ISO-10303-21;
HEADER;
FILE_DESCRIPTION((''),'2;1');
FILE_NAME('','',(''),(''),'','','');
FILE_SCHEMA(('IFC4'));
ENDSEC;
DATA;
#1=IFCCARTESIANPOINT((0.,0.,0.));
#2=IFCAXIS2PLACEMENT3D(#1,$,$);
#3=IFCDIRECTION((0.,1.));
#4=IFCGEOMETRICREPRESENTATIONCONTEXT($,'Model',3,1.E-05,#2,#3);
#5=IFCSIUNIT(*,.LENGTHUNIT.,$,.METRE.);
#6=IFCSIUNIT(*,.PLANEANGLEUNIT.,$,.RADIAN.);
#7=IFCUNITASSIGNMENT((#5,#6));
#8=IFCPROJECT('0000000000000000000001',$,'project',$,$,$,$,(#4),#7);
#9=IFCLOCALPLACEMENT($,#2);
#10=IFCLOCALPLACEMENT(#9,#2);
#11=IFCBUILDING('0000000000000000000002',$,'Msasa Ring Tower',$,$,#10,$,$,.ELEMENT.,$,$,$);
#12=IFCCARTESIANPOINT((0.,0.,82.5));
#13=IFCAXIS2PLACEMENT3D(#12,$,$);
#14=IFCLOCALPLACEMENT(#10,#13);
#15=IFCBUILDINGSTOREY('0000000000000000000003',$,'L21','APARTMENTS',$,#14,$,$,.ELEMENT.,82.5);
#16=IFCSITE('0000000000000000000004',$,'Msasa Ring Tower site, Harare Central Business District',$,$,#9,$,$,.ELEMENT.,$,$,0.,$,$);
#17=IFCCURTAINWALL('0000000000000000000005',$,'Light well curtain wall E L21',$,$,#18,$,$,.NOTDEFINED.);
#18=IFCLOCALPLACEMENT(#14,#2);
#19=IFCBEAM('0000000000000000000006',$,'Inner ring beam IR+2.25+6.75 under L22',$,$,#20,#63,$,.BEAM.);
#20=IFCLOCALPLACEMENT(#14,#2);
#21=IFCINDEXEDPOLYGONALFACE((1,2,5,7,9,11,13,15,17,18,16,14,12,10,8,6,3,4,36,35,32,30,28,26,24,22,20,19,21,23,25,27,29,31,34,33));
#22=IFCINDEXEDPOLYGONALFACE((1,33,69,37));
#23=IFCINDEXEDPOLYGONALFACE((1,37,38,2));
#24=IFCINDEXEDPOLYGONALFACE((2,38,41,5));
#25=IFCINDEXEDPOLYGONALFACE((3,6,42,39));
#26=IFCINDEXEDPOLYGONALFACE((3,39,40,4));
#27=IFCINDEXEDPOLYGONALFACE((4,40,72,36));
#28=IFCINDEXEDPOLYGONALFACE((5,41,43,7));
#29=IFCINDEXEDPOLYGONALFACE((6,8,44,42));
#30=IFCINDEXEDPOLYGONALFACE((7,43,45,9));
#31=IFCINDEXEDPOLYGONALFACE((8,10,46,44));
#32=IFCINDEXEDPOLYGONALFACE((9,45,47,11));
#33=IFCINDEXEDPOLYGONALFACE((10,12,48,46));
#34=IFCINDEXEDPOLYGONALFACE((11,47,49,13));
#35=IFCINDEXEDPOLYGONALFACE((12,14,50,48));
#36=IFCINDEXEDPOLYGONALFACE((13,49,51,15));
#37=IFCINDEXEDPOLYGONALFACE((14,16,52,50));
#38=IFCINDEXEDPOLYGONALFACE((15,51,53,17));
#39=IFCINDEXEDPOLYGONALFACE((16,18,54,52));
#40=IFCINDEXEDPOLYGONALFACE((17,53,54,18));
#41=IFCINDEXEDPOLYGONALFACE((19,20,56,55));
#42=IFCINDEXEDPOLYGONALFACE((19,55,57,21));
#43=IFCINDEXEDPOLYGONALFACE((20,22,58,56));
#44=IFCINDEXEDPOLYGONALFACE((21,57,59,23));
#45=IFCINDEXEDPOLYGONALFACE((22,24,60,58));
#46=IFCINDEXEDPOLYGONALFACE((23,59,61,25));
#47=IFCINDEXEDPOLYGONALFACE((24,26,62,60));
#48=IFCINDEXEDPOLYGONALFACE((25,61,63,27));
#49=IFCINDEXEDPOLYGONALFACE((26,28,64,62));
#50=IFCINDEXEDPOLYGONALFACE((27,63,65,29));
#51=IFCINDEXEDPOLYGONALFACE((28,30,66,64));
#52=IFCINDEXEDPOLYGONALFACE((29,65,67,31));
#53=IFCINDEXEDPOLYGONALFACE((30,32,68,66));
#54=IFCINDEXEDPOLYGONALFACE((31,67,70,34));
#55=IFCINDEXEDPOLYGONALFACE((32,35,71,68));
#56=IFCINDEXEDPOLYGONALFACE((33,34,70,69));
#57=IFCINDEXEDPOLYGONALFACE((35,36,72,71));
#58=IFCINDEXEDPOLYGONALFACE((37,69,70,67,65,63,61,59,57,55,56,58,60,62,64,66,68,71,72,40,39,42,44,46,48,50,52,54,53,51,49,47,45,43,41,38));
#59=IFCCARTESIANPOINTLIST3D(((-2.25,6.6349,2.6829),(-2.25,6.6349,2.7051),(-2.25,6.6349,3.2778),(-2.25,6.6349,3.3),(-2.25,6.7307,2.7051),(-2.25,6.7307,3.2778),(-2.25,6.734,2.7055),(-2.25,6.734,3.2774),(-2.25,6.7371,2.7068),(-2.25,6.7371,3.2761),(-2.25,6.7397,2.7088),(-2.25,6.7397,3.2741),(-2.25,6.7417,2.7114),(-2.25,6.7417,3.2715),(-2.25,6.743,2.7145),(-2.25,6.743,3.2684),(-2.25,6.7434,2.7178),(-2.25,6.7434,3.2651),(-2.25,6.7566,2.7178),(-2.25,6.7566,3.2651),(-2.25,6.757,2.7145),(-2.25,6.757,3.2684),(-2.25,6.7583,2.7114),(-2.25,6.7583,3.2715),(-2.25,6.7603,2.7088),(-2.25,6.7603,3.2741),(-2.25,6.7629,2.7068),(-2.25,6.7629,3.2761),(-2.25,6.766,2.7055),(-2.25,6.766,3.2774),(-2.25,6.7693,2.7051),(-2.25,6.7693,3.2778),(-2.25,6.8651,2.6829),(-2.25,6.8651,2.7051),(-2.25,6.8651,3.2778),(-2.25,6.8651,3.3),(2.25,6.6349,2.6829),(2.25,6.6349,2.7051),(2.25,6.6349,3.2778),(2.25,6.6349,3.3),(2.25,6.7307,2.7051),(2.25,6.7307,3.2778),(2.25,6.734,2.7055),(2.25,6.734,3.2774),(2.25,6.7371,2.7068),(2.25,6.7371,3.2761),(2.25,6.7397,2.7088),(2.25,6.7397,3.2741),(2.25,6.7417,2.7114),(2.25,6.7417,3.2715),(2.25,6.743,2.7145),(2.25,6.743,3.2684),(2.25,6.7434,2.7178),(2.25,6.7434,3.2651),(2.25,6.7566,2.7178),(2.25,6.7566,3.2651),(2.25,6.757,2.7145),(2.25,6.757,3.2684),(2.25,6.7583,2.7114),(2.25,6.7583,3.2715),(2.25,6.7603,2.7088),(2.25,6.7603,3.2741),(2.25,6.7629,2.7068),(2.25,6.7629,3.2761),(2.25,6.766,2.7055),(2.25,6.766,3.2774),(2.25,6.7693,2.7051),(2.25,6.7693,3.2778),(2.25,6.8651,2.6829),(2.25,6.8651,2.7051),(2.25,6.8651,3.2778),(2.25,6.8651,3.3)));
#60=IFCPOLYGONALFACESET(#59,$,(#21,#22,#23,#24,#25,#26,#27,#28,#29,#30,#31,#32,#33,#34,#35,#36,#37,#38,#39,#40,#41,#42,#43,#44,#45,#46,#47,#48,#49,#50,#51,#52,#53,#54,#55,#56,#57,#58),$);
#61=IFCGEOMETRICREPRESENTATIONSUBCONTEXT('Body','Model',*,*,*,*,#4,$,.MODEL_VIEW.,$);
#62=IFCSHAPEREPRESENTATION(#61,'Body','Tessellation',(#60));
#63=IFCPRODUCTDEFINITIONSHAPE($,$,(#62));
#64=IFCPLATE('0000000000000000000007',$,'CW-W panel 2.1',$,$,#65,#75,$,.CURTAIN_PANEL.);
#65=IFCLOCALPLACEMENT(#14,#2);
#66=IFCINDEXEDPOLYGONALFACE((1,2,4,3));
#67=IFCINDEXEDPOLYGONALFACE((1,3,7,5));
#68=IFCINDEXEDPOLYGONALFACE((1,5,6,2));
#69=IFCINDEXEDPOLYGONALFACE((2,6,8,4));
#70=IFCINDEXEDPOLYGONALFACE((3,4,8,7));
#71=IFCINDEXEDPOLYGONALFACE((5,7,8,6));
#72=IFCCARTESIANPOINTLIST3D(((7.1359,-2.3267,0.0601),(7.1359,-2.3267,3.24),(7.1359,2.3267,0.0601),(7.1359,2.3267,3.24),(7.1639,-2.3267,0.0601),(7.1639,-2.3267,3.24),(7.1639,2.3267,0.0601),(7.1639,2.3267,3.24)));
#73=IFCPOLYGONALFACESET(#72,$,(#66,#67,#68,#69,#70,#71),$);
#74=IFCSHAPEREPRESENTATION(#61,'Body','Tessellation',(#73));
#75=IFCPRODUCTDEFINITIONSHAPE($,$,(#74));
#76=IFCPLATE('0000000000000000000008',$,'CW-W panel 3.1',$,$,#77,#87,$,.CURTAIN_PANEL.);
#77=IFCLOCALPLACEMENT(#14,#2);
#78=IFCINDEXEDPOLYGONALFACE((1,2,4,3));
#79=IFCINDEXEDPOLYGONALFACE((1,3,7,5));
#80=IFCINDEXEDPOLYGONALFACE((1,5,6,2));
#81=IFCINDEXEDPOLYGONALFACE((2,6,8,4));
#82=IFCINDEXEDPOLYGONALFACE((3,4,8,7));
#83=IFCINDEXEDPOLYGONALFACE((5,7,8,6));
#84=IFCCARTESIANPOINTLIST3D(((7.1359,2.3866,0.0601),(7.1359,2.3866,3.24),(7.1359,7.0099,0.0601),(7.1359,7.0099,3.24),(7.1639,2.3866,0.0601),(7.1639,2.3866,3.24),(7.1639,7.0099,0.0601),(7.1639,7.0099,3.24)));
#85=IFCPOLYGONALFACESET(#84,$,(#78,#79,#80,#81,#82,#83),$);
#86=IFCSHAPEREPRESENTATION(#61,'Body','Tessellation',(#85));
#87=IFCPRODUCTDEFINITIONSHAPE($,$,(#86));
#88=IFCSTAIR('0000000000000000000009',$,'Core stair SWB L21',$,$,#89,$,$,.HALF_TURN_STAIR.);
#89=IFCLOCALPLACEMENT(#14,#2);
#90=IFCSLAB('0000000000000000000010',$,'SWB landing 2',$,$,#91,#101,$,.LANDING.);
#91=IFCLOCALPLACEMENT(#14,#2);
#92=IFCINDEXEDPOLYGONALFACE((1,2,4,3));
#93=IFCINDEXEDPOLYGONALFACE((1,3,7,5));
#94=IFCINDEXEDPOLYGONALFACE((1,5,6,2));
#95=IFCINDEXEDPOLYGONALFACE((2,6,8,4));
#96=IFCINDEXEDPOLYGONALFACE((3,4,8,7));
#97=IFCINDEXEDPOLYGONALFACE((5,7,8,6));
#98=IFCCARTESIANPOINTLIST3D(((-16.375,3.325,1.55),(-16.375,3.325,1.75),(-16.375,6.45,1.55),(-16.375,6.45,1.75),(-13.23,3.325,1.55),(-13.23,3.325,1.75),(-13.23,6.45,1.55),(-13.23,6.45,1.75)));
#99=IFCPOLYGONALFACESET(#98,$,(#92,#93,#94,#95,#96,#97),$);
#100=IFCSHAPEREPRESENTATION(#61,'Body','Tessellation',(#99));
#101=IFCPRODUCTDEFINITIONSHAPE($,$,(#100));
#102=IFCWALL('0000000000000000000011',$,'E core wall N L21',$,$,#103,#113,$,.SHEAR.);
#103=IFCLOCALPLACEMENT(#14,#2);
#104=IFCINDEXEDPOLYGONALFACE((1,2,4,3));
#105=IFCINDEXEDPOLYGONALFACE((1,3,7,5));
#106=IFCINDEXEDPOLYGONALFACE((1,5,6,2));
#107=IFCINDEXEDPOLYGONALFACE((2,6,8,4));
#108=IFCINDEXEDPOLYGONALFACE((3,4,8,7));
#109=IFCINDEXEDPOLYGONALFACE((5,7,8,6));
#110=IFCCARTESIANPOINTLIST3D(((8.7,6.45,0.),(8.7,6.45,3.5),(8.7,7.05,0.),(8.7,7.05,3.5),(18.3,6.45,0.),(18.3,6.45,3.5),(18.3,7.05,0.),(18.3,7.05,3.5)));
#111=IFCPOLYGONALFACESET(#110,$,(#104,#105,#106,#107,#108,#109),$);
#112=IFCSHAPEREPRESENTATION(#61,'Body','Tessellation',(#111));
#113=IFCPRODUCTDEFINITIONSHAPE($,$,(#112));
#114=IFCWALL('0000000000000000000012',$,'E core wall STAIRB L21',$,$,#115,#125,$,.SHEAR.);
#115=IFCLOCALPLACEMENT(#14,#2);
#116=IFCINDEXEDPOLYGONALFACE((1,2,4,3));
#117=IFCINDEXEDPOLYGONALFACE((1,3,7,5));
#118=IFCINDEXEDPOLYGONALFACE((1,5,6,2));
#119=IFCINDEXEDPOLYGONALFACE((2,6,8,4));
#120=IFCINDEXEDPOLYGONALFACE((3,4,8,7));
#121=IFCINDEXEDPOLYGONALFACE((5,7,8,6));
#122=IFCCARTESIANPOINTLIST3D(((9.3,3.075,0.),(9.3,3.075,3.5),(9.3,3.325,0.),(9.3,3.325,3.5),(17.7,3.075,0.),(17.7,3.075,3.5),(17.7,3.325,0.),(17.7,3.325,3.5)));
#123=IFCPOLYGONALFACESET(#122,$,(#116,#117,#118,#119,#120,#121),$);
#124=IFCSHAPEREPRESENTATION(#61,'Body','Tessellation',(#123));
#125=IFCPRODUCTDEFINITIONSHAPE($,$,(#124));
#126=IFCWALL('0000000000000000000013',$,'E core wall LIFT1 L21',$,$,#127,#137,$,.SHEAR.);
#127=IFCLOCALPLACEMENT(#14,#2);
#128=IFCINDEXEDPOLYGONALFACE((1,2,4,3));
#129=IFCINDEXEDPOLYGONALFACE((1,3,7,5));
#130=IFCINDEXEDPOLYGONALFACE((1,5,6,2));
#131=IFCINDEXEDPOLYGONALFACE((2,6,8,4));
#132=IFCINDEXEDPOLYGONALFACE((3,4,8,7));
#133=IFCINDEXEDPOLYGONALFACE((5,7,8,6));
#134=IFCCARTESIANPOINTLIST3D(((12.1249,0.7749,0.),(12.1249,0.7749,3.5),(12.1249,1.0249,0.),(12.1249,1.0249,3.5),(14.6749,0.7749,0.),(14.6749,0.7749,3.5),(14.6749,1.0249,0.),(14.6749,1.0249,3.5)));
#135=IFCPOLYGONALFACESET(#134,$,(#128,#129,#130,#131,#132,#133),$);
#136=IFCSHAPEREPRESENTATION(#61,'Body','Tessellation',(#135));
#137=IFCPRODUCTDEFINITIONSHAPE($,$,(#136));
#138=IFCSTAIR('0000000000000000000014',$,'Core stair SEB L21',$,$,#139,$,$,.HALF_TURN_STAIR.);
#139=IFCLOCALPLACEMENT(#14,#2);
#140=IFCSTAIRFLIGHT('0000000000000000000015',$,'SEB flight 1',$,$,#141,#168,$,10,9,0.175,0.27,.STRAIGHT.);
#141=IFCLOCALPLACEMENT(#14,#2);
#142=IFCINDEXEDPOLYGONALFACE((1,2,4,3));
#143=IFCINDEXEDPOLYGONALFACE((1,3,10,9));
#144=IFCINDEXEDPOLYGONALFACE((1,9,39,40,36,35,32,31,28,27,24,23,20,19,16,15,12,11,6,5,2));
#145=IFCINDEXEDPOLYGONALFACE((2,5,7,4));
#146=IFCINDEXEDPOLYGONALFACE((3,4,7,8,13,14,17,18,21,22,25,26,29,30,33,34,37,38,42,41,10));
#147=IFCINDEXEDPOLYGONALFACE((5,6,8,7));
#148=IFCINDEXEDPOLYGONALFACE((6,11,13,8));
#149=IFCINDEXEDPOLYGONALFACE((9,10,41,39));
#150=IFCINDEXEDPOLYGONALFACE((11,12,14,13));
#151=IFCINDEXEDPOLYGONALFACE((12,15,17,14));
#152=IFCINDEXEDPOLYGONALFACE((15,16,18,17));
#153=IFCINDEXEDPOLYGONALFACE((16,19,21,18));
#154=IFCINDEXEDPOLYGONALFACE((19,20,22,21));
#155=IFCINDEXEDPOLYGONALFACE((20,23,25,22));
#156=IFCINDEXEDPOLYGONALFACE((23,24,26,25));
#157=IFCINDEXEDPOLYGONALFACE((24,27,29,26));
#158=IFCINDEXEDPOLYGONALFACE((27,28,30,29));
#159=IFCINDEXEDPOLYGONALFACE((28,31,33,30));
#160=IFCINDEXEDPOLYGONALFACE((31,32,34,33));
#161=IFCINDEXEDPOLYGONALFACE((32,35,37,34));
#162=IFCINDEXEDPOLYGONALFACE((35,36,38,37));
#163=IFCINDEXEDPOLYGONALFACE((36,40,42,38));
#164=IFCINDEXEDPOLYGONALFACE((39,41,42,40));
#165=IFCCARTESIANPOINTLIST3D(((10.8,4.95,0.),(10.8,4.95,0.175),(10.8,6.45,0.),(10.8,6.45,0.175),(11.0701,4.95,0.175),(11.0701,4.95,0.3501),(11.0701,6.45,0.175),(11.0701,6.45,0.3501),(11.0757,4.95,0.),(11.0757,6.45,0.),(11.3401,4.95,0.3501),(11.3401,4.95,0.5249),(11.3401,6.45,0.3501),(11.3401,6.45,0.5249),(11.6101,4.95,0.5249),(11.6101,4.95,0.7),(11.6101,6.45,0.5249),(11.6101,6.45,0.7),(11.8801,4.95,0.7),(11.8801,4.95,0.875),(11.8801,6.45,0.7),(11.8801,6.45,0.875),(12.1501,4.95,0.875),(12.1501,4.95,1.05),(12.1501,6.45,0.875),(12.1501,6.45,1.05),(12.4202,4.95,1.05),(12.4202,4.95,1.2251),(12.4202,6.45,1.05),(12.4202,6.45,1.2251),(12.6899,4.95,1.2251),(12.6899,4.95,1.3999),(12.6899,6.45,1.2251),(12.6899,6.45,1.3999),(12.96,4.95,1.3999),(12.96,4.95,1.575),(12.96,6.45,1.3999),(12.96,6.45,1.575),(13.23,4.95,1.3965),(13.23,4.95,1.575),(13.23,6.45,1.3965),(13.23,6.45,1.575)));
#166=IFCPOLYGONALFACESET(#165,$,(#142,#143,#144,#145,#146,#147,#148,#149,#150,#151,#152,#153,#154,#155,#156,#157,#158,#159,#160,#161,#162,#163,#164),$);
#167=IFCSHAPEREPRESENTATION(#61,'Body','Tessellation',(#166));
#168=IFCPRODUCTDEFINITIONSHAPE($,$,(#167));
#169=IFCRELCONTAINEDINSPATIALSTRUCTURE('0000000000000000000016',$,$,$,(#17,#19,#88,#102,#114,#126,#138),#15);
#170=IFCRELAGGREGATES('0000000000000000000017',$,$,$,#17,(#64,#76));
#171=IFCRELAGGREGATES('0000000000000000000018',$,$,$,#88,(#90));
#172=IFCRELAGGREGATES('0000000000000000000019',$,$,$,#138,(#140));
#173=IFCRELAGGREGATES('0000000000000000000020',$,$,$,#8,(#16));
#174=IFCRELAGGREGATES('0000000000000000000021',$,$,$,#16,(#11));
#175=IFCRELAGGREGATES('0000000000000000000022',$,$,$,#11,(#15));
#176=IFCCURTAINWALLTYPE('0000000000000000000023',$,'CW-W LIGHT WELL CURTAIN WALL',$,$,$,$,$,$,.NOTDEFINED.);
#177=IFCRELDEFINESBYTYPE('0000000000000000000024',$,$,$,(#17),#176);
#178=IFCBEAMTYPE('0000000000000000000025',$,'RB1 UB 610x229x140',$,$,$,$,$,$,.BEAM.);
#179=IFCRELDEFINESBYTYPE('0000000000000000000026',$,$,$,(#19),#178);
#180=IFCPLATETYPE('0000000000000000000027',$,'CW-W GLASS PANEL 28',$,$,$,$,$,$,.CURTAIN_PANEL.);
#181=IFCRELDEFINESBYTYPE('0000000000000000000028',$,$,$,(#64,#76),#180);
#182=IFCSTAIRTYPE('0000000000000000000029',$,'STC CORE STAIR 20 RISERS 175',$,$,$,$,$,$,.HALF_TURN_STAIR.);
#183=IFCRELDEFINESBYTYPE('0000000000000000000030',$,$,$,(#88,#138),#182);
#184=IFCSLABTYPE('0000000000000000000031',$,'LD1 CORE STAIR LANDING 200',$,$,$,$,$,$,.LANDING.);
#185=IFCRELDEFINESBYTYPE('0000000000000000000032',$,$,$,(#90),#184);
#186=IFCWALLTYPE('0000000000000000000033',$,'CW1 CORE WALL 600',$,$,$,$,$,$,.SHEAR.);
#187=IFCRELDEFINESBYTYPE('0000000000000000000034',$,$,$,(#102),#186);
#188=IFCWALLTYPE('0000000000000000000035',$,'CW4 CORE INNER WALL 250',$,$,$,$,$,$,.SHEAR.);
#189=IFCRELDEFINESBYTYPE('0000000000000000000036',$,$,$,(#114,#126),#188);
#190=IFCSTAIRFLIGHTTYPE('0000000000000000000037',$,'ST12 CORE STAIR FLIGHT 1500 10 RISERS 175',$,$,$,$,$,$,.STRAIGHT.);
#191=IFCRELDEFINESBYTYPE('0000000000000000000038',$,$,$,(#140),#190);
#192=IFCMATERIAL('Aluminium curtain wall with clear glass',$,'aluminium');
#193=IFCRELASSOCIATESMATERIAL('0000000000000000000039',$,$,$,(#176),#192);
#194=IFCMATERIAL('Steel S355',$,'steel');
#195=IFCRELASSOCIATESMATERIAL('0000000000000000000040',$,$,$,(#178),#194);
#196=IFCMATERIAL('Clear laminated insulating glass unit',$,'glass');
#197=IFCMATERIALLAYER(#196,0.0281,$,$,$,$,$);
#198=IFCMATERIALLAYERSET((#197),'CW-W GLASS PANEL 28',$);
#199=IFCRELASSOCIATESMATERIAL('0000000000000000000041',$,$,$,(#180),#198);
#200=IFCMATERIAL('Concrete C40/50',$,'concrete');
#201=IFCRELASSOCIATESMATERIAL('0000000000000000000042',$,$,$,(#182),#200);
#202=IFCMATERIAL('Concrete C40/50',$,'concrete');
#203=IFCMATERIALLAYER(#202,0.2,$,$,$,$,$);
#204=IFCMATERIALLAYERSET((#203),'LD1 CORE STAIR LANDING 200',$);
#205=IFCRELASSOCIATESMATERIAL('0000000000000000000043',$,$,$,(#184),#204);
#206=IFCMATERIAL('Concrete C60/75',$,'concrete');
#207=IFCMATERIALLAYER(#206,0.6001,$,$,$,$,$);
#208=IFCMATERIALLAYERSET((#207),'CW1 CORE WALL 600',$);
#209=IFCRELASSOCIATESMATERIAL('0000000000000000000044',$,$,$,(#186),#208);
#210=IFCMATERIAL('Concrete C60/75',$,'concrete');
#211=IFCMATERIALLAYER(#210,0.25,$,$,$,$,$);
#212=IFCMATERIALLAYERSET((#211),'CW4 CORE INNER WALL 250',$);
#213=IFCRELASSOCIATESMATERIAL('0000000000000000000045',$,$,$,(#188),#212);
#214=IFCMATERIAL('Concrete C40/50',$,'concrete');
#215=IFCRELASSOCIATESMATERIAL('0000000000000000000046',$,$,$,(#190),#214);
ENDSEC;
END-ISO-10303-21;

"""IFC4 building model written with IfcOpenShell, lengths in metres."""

from ifc_helpers import new_model, si_unit, direction, frame, frame_2d, origin, origin_2d, place, context, subcontext, project, spatial, polyline, rectangle, i_section, outline, extrude, material, layer, layer_set, material_profile, profile_set, type_object, element, aggregate, save


model = new_model("IFC4")

# Units and contexts
model_context = context("Model", 3, precision=1e-05, world=origin(), true_north=direction((0.0, 1.0)))
body_context = subcontext(model_context, "Body", "Model", "MODEL_VIEW")
ifc_project = project(units=[si_unit("LENGTHUNIT", "METRE"), si_unit("PLANEANGLEUNIT", "RADIAN")], contexts=[model_context])

# Site, building, storey
site_placement = place(None, origin())
site = spatial("IfcSite", under=ifc_project, at=site_placement, Name="Msasa Ring Tower site, Harare Central Business District", CompositionType="ELEMENT", RefElevation=0.0)
building_placement = place(site_placement, origin())
building = spatial("IfcBuilding", under=site, at=building_placement, Name="Msasa Ring Tower", CompositionType="ELEMENT")
storey_placement = place(building_placement, frame((0.0, 0.0, 82.5)))
storey = spatial("IfcBuildingStorey", under=building, at=storey_placement, Name="L21", Description="APARTMENTS", CompositionType="ELEMENT", Elevation=82.5)

# Curtain wall
ifc_material_1 = material(Name="Aluminium curtain wall with clear glass", Category="aluminium")
curtain_wall_type = type_object("IfcCurtainWallType", Name="CW-W LIGHT WELL CURTAIN WALL", PredefinedType="NOTDEFINED", material=ifc_material_1)
curtain_wall_placement = place(storey_placement, origin())
curtain_wall = element("IfcCurtainWall", 1, at=curtain_wall_placement, inside=storey, type_object=curtain_wall_type, Name="Light well curtain wall E L21", PredefinedType="NOTDEFINED")

# Beam
ifc_material_2 = material(Name="Steel S355", Category="steel")
ifc_material_profile_1 = material_profile(ifc_material_2, i_section(OverallWidth=0.2302, OverallDepth=0.6172, WebThickness=0.0132, FlangeThickness=0.0222, FilletRadius=0.0127, at=origin_2d()), Name="UB 610x229x140")
ifc_profile_set_1 = profile_set([ifc_material_profile_1], Name="Steel S355")
beam_type = type_object("IfcBeamType", Name="RB1 UB 610x229x140", PredefinedType="BEAM", material=ifc_profile_set_1)
for number, where, z_axis, x_axis, name in (
    (2, (2.25, 6.75, 2.9915), (-1.0, 0.0, 0.0), (0.0, -1.0, 0.0), "Inner ring beam IR+2.25+6.75 under L22"),
):
    element("IfcBeam", number, at=place(storey_placement, frame(where, z_axis=z_axis, x_axis=x_axis)), inside=storey, type_object=beam_type, Name=name, PredefinedType="BEAM", context=body_context, shape_type="SweptSolid", body=[
        extrude(i_section(OverallWidth=0.2302, OverallDepth=0.6172, WebThickness=0.0132, FlangeThickness=0.0222, FilletRadius=0.0127, at=origin_2d()), origin(), (0.0, 0.0, 1.0), 4.5),
    ])

# Plates
ifc_material_3 = material(Name="Clear laminated insulating glass unit", Category="glass")
ifc_layer_1 = layer(ifc_material_3, 0.0281)
ifc_layer_set_1 = layer_set([ifc_layer_1], Name="CW-W GLASS PANEL 28")
plate_type = type_object("IfcPlateType", Name="CW-W GLASS PANEL 28", PredefinedType="CURTAIN_PANEL", material=ifc_layer_set_1)
plate_1_placement = place(storey_placement, frame((7.1499, 0.0, 0.0601), z_axis=(0.0, 0.0, 1.0), x_axis=(0.0, 1.0, 0.0)))
plate_1 = element("IfcPlate", 3, at=plate_1_placement, type_object=plate_type, Name="CW-W panel 2.1", PredefinedType="CURTAIN_PANEL", context=body_context, shape_type="SweptSolid", body=[
    extrude(rectangle(XDim=4.6533, YDim=0.0281, at=origin_2d()), origin(), (0.0, 0.0, 1.0), 3.1799),
])
plate_2_placement = place(storey_placement, frame((7.1499, 4.6982, 0.0601), z_axis=(0.0, 0.0, 1.0), x_axis=(0.0, 1.0, 0.0)))
plate_2 = element("IfcPlate", 4, at=plate_2_placement, type_object=plate_type, Name="CW-W panel 3.1", PredefinedType="CURTAIN_PANEL", context=body_context, shape_type="SweptSolid", body=[
    extrude(rectangle(XDim=4.6233, YDim=0.0281, at=origin_2d()), origin(), (0.0, 0.0, 1.0), 3.1799),
])
aggregate(curtain_wall, [plate_1, plate_2])

# Stair, slab
ifc_material_4 = material(Name="Concrete C40/50", Category="concrete")
stair_type = type_object("IfcStairType", Name="STC CORE STAIR 20 RISERS 175", PredefinedType="HALF_TURN_STAIR", material=ifc_material_4)
stair_1_placement = place(storey_placement, origin())
stair_1 = element("IfcStair", 5, at=stair_1_placement, inside=storey, type_object=stair_type, Name="Core stair SWB L21", PredefinedType="HALF_TURN_STAIR")
ifc_material_5 = material(Name="Concrete C40/50", Category="concrete")
ifc_layer_2 = layer(ifc_material_5, 0.2)
ifc_layer_set_2 = layer_set([ifc_layer_2], Name="LD1 CORE STAIR LANDING 200")
slab_type = type_object("IfcSlabType", Name="LD1 CORE STAIR LANDING 200", PredefinedType="LANDING", material=ifc_layer_set_2)
slab_placement = place(storey_placement, frame((0.0, 0.0, 1.55)))
slab = element("IfcSlab", 6, at=slab_placement, type_object=slab_type, Name="SWB landing 2", PredefinedType="LANDING", context=body_context, shape_type="SweptSolid", body=[
    extrude(outline(polyline([(-16.375, 3.325), (-13.23, 3.325), (-13.23, 6.45), (-16.375, 6.45), (-16.375, 3.325)])), origin(), (0.0, 0.0, 1.0), 0.2),
])
aggregate(stair_1, [slab])

# Walls
ifc_material_6 = material(Name="Concrete C60/75", Category="concrete")
ifc_layer_3 = layer(ifc_material_6, 0.6001)
ifc_layer_set_3 = layer_set([ifc_layer_3], Name="CW1 CORE WALL 600")
wall_type_1 = type_object("IfcWallType", Name="CW1 CORE WALL 600", PredefinedType="SHEAR", material=ifc_layer_set_3)
wall_1_placement = place(storey_placement, frame((8.7, 6.75, 0.0), z_axis=(0.0, 0.0, 1.0), x_axis=(1.0, 0.0, 0.0)))
element("IfcWall", 7, at=wall_1_placement, inside=storey, type_object=wall_type_1, Name="E core wall N L21", PredefinedType="SHEAR", context=body_context, shape_type="SweptSolid", body=[
    extrude(rectangle(XDim=9.6001, YDim=0.6001, at=frame_2d((4.8, 0.0))), origin(), (0.0, 0.0, 1.0), 3.5),
])
ifc_material_7 = material(Name="Concrete C60/75", Category="concrete")
ifc_layer_4 = layer(ifc_material_7, 0.25)
ifc_layer_set_4 = layer_set([ifc_layer_4], Name="CW4 CORE INNER WALL 250")
wall_type_2 = type_object("IfcWallType", Name="CW4 CORE INNER WALL 250", PredefinedType="SHEAR", material=ifc_layer_set_4)
wall_2_placement = place(storey_placement, frame((9.3, 3.2, 0.0), z_axis=(0.0, 0.0, 1.0), x_axis=(1.0, 0.0, 0.0)))
element("IfcWall", 8, at=wall_2_placement, inside=storey, type_object=wall_type_2, Name="E core wall STAIRB L21", PredefinedType="SHEAR", context=body_context, shape_type="SweptSolid", body=[
    extrude(rectangle(XDim=8.3999, YDim=0.25, at=frame_2d((4.2, 0.0))), origin(), (0.0, 0.0, 1.0), 3.5),
])
wall_3_placement = place(storey_placement, frame((12.125, 0.8999, 0.0), z_axis=(0.0, 0.0, 1.0), x_axis=(1.0, 0.0, 0.0)))
element("IfcWall", 9, at=wall_3_placement, inside=storey, type_object=wall_type_2, Name="E core wall LIFT1 L21", PredefinedType="SHEAR", context=body_context, shape_type="SweptSolid", body=[
    extrude(rectangle(XDim=2.55, YDim=0.25, at=frame_2d((1.2749, 0.0))), origin(), (0.0, 0.0, 1.0), 3.5),
])

# Stair, stair flight
stair_2_placement = place(storey_placement, origin())
stair_2 = element("IfcStair", 10, at=stair_2_placement, inside=storey, type_object=stair_type, Name="Core stair SEB L21", PredefinedType="HALF_TURN_STAIR")
ifc_material_8 = material(Name="Concrete C40/50", Category="concrete")
stair_flight_type = type_object("IfcStairFlightType", Name="ST12 CORE STAIR FLIGHT 1500 10 RISERS 175", PredefinedType="STRAIGHT", material=ifc_material_8)
stair_flight_placement = place(storey_placement, frame((10.8, 5.7, 0.0), z_axis=(0.0, 0.0, 1.0), x_axis=(1.0, 0.0, 0.0)))
stair_flight = element("IfcStairFlight", 11, at=stair_flight_placement, type_object=stair_flight_type, Name="SEB flight 1", NumberOfRisers=10, NumberOfTreads=9, PredefinedType="STRAIGHT", RiserHeight=0.175, TreadLength=0.27, context=body_context, shape_type="SweptSolid", body=[
    extrude(outline(polyline([(0.0, 0.0), (0.0, 0.175), (0.27, 0.175), (0.27, 0.3501), (0.54, 0.3501), (0.54, 0.5249), (0.8101, 0.5249), (0.8101, 0.7), (1.0801, 0.7), (1.0801, 0.875), (1.3501, 0.875), (1.3501, 1.05), (1.6201, 1.05), (1.6201, 1.2251), (1.8899, 1.2251), (1.8899, 1.3999), (2.1599, 1.3999), (2.1599, 1.575), (2.4299, 1.575), (2.4299, 1.75), (2.4299, 1.3965), (0.2756, 0.0), (0.0, 0.0)])), frame((0.0, 0.75, 0.0), z_axis=(0.0, -1.0, 0.0), x_axis=(1.0, 0.0, 0.0)), (0.0, 0.0, 1.0), 1.5),
])
aggregate(stair_2, [stair_flight])

save(model, "model.ifc")
